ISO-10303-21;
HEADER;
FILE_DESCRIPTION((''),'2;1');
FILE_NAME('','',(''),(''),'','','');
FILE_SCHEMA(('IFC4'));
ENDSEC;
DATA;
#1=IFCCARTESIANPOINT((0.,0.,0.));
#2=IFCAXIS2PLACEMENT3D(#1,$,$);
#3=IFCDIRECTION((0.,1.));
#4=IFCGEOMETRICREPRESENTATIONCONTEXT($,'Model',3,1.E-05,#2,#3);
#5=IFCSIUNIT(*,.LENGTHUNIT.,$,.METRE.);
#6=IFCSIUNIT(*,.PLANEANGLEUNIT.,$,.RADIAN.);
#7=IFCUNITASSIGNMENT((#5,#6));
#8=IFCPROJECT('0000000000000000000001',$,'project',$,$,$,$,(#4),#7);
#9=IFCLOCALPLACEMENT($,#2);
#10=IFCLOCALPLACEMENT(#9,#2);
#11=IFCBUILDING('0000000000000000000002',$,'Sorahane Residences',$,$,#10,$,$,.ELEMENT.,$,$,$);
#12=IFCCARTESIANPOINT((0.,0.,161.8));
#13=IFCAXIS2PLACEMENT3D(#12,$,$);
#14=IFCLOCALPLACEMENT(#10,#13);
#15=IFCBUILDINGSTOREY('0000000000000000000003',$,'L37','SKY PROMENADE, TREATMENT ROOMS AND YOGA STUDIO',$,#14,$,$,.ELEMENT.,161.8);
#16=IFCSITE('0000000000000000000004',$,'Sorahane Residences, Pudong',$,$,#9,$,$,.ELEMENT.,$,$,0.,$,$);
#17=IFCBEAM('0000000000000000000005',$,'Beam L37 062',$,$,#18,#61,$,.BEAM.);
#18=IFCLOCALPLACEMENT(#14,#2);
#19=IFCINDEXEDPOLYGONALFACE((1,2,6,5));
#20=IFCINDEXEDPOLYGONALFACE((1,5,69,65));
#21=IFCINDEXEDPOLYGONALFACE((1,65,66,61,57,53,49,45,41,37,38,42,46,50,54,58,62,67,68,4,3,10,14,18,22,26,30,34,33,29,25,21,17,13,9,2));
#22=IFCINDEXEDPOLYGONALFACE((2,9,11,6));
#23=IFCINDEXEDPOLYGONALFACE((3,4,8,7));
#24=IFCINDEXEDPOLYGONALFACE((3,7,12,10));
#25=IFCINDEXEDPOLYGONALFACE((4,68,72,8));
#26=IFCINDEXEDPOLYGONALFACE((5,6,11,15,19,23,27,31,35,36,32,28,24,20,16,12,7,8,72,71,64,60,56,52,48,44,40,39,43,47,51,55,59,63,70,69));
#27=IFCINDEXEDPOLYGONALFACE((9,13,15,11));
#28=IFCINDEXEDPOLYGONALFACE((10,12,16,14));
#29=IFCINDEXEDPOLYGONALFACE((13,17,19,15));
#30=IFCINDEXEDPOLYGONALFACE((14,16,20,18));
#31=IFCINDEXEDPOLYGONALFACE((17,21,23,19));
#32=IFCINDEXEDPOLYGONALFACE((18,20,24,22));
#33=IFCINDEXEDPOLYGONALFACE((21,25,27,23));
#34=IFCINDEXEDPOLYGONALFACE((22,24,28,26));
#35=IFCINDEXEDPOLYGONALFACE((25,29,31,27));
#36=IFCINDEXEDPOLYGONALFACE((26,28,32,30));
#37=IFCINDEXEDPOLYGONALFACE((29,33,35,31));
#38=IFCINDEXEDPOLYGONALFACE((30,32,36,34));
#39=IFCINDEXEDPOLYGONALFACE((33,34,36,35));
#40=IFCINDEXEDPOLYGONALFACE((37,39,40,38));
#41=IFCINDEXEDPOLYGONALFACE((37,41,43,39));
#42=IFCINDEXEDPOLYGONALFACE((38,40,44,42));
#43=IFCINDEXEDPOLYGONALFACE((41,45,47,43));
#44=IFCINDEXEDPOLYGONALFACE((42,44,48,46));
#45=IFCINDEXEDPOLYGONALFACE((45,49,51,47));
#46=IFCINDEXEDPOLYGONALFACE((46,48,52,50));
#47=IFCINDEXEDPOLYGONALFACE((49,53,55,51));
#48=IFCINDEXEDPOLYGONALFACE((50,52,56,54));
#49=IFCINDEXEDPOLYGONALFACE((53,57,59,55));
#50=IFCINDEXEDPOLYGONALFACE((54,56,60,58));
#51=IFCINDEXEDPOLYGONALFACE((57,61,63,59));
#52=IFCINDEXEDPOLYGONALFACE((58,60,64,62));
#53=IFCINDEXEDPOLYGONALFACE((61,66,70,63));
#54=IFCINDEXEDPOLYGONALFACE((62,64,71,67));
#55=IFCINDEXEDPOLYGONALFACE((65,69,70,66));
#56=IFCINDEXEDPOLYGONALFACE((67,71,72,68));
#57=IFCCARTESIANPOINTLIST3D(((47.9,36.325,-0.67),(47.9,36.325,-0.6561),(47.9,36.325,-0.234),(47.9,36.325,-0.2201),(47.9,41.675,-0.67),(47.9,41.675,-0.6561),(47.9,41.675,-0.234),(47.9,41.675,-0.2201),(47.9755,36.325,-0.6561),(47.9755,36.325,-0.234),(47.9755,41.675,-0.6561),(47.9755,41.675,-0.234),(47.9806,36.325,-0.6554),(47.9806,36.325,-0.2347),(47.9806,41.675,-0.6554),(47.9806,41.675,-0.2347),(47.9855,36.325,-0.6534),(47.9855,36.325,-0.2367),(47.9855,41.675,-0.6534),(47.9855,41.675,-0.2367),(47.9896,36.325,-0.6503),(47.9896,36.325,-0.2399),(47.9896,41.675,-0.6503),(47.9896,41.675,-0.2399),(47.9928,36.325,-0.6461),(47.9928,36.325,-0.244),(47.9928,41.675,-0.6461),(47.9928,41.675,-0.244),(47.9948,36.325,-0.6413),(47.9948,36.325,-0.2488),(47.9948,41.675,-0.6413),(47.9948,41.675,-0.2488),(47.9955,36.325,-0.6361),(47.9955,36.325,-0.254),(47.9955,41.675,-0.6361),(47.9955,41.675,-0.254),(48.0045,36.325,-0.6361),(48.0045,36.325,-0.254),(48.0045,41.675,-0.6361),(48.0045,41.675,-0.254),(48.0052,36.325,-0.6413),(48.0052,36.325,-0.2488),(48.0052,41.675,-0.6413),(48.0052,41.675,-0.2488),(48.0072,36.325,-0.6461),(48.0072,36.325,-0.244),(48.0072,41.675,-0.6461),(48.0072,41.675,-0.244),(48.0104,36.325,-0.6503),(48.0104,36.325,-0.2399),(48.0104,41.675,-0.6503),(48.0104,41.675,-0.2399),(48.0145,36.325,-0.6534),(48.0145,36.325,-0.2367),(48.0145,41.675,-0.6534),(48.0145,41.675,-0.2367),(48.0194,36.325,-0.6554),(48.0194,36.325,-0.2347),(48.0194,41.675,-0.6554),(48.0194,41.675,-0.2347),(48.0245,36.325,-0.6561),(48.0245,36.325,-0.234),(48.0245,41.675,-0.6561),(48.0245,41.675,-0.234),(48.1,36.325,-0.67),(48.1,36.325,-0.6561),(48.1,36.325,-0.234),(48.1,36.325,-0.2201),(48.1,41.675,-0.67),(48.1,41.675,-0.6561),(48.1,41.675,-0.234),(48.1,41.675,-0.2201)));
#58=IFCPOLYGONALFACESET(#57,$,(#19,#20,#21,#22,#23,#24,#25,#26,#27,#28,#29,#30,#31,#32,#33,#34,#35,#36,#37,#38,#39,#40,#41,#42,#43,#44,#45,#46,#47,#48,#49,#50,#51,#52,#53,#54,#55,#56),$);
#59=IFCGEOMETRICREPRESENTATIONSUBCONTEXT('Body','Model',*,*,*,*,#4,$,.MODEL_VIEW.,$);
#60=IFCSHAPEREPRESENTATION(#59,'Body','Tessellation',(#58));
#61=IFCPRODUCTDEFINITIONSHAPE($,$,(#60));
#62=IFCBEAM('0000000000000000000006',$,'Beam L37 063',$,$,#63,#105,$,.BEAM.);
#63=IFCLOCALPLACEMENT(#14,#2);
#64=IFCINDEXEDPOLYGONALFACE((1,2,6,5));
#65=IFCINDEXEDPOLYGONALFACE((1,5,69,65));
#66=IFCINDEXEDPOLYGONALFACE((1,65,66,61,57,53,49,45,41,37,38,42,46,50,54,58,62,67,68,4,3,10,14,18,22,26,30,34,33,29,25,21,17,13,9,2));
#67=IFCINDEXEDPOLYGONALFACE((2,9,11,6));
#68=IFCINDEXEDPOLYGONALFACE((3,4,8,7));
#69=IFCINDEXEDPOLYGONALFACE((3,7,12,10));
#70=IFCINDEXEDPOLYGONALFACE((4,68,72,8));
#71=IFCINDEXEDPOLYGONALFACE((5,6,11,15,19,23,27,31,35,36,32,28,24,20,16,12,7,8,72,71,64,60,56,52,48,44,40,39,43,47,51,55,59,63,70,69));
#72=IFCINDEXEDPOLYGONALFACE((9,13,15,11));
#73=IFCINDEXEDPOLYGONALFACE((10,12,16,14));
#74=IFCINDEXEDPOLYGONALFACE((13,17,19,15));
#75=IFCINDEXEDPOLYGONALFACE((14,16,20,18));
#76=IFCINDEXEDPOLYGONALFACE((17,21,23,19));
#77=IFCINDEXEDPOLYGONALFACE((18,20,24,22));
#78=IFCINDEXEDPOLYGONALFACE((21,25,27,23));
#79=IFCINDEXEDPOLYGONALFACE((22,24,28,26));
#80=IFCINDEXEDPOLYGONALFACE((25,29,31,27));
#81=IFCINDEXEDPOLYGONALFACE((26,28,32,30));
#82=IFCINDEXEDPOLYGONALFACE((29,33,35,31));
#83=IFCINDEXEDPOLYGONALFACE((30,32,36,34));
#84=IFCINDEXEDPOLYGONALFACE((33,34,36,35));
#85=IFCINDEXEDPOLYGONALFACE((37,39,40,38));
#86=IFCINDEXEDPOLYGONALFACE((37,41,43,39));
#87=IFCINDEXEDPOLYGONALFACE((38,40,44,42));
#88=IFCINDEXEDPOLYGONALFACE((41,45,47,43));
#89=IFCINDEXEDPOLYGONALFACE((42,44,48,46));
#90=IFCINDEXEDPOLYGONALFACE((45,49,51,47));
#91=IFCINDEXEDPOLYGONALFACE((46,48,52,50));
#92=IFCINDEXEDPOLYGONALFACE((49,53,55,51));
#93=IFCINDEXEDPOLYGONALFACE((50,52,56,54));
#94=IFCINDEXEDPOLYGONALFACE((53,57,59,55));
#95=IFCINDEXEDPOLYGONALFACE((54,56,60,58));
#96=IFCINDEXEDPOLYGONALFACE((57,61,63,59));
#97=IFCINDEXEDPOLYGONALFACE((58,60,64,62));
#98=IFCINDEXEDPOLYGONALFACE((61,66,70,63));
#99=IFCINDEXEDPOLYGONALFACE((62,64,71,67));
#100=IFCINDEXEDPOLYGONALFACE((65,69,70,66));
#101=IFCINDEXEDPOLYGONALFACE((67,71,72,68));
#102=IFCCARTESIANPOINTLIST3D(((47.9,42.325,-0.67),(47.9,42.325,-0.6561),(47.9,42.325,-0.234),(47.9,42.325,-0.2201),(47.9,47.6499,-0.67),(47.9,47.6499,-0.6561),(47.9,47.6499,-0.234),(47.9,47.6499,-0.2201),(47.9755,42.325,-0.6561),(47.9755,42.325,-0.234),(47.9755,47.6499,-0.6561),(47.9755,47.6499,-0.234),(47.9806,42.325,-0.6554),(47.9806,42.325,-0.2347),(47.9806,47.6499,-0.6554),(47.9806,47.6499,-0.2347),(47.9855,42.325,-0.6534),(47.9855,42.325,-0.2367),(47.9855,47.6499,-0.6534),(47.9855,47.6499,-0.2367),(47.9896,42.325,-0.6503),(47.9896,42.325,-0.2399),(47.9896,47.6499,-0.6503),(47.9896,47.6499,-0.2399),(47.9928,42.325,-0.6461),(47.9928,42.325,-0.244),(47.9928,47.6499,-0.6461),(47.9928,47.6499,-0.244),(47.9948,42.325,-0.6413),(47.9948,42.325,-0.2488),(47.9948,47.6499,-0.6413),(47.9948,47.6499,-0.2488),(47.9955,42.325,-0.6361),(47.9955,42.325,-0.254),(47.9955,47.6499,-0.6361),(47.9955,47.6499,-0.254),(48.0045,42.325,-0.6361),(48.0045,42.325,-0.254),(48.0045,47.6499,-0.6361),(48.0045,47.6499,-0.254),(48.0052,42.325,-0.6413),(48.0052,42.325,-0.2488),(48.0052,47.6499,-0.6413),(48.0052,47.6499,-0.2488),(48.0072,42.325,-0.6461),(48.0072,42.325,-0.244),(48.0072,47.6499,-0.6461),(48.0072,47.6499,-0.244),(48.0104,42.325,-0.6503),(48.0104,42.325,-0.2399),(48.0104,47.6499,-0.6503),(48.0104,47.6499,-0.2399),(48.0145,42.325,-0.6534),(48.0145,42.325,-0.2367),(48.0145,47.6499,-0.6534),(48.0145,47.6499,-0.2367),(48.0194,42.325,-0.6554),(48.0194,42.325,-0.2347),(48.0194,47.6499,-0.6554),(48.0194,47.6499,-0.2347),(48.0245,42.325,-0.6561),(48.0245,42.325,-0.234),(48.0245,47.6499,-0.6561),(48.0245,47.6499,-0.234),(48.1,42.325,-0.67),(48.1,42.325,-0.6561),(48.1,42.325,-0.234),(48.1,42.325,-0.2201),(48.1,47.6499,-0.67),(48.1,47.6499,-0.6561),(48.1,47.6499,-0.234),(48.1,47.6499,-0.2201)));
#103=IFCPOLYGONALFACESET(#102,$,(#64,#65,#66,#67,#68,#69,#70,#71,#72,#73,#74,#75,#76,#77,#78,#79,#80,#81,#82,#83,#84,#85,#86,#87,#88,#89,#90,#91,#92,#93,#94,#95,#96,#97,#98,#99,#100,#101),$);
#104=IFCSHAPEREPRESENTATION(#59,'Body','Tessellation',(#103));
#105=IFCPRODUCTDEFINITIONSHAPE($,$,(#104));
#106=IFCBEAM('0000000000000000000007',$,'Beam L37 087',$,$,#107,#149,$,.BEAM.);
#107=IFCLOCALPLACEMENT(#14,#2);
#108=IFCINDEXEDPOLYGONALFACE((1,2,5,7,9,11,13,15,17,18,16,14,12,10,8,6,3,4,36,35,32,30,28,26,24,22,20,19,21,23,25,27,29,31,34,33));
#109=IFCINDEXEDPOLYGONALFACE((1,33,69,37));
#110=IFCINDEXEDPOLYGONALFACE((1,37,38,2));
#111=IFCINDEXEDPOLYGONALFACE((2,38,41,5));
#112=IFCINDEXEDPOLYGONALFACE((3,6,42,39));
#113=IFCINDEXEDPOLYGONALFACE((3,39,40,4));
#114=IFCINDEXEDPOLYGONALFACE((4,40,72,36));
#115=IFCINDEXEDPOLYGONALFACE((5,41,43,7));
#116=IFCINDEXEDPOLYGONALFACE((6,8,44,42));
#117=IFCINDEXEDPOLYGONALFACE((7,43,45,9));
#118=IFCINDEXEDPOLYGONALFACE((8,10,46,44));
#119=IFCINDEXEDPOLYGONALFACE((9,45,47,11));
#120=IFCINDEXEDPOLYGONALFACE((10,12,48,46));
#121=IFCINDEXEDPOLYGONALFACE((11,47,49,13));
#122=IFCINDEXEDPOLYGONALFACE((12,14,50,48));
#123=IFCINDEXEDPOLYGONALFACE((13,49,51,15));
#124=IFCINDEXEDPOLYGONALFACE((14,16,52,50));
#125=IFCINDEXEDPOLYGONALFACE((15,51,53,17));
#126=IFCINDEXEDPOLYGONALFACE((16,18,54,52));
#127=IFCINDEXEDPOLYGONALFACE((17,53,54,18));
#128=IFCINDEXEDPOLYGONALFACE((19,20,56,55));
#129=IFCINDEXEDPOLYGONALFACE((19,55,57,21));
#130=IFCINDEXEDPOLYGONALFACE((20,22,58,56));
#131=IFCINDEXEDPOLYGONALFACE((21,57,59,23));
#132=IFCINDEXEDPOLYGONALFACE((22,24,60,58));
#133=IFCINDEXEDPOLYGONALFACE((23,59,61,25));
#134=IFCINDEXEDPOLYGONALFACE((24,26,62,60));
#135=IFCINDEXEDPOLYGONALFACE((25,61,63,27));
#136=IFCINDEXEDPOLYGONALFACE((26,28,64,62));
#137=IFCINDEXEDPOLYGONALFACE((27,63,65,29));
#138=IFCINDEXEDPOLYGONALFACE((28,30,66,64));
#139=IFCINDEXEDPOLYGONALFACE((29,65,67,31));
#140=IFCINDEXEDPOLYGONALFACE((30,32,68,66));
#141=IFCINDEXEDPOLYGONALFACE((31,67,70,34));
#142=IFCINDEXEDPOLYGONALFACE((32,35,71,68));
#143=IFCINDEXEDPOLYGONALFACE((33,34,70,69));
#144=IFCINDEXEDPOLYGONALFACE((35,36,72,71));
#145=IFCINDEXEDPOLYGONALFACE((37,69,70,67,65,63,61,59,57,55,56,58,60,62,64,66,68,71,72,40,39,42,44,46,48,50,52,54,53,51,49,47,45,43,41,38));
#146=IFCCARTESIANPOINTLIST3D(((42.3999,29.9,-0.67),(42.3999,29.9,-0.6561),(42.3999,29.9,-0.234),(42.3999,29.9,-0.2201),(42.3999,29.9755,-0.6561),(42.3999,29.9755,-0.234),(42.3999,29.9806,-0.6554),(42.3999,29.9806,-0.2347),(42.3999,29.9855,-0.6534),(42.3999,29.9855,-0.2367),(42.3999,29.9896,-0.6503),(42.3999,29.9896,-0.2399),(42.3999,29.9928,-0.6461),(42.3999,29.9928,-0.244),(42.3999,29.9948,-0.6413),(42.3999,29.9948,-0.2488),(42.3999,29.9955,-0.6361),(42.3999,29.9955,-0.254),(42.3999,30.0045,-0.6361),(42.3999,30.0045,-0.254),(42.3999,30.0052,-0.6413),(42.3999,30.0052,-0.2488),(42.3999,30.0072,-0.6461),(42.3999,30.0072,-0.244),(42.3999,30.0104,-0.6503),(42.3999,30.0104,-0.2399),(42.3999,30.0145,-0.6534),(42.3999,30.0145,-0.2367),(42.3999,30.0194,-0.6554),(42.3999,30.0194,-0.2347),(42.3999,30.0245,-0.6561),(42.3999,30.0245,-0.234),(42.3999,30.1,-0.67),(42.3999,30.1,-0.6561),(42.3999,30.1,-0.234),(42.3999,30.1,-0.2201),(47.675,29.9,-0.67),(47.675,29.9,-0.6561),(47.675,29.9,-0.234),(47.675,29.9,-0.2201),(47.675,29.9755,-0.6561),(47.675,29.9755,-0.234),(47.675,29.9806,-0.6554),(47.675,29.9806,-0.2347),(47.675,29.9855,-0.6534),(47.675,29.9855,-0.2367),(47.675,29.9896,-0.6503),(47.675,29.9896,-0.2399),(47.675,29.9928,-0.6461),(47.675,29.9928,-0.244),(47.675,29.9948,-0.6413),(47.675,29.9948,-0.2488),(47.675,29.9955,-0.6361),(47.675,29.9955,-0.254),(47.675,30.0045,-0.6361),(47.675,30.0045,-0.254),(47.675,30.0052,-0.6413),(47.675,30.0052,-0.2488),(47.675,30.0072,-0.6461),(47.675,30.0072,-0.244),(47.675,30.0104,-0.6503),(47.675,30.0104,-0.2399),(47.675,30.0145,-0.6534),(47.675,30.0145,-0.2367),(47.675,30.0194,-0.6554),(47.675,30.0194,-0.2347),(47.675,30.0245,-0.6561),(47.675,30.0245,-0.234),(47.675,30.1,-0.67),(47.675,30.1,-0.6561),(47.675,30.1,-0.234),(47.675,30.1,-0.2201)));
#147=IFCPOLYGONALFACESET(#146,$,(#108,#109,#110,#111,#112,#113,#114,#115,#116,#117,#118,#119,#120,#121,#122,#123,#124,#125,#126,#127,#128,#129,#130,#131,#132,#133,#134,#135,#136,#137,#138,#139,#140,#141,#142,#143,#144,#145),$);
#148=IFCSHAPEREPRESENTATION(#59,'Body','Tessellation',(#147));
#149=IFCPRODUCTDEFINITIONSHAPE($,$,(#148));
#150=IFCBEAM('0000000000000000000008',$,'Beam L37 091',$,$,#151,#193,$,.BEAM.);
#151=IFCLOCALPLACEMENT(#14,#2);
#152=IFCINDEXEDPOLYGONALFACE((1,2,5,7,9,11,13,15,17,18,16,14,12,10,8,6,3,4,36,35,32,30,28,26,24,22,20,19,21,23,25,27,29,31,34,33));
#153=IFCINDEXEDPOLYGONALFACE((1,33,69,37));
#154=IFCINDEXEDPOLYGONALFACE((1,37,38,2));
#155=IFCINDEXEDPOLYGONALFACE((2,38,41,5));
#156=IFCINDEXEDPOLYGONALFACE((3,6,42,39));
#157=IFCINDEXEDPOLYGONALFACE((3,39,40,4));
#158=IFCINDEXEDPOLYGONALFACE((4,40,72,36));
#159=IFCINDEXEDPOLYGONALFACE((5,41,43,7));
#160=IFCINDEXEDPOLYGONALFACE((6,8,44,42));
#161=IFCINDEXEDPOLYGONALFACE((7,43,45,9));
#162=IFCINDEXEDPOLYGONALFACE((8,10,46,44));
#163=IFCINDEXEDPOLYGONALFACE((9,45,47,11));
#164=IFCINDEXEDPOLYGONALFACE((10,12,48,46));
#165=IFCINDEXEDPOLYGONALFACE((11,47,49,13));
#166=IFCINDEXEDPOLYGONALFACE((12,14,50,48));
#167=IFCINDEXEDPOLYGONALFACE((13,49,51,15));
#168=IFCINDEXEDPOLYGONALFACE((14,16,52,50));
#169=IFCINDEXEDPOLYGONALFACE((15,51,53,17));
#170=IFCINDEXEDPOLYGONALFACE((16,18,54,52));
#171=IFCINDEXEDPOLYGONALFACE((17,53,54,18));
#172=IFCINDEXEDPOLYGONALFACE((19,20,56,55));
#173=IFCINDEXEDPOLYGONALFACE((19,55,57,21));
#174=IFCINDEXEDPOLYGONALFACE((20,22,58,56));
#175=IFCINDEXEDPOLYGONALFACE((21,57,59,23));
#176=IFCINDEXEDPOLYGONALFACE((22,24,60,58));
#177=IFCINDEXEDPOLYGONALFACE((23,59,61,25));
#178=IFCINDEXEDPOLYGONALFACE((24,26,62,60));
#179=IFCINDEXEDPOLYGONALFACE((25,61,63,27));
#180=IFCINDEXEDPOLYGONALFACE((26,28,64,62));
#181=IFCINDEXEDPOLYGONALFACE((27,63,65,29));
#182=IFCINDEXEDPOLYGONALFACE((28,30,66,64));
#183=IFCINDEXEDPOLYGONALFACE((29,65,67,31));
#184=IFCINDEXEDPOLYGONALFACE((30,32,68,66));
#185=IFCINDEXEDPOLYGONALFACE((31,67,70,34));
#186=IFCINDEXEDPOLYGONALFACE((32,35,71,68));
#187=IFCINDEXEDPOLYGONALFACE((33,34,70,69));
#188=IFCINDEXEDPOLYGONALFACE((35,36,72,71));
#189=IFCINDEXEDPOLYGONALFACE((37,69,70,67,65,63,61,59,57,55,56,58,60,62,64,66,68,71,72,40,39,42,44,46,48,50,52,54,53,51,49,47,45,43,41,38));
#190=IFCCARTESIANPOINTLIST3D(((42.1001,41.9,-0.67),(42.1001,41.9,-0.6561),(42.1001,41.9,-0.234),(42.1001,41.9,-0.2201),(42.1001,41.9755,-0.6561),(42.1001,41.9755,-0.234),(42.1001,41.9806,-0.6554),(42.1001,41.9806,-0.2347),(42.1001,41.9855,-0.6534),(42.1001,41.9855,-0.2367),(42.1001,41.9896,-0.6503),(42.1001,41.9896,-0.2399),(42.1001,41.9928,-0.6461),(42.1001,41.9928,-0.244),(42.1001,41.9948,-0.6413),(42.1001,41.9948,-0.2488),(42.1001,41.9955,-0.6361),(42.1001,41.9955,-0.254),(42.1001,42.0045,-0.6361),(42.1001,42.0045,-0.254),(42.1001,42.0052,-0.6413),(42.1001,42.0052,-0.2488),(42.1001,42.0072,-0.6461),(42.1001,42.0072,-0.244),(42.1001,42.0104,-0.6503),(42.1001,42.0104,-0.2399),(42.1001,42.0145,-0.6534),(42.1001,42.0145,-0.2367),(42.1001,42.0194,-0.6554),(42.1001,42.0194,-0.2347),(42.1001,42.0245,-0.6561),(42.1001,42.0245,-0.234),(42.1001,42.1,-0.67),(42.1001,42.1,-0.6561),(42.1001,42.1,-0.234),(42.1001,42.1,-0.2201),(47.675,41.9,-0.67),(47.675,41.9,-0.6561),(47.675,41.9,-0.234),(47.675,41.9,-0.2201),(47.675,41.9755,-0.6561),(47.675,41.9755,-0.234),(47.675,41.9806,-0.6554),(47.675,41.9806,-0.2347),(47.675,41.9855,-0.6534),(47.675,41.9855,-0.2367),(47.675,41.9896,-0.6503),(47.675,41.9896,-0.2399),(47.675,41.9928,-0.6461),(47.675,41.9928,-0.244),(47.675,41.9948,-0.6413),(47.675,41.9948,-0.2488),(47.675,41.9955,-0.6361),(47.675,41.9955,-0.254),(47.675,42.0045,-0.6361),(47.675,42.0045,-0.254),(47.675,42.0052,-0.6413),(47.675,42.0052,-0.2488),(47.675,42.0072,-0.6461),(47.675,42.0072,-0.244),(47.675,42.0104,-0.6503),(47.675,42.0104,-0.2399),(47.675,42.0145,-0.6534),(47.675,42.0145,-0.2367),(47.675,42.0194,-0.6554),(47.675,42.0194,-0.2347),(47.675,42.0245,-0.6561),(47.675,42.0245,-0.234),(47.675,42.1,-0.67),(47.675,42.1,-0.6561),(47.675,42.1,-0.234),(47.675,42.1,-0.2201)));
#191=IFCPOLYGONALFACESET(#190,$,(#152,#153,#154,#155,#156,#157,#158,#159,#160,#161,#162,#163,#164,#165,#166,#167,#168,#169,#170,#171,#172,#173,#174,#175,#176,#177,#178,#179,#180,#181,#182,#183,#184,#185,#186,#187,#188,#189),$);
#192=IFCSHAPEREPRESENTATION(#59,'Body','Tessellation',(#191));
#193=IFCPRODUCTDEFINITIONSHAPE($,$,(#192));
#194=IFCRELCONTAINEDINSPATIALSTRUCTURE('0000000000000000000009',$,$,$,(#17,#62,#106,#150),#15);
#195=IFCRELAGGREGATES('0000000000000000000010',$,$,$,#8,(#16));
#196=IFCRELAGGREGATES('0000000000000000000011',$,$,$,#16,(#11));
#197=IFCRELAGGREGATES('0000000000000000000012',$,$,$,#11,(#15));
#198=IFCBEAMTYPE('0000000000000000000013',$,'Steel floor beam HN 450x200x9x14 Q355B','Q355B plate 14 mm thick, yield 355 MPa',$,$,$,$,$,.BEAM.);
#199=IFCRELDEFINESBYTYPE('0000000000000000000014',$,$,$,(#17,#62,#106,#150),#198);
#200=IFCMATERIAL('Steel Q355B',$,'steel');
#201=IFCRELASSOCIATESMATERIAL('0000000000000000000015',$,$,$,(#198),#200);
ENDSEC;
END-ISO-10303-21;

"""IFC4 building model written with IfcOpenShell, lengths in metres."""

from ifc_helpers import new_model, si_unit, direction, frame, origin, origin_2d, place, context, subcontext, project, spatial, i_section, extrude, material, material_profile, profile_set, type_object, element, save


model = new_model("IFC4")

# Units and contexts
model_context = context("Model", 3, precision=1e-05, world=origin(), true_north=direction((0.0, 1.0)))
body_context = subcontext(model_context, "Body", "Model", "MODEL_VIEW")
ifc_project = project(units=[si_unit("LENGTHUNIT", "METRE"), si_unit("PLANEANGLEUNIT", "RADIAN")], contexts=[model_context])

# Site, building, storey
site_placement = place(None, origin())
site = spatial("IfcSite", under=ifc_project, at=site_placement, Name="Sorahane Residences, Pudong", CompositionType="ELEMENT", RefElevation=0.0)
building_placement = place(site_placement, origin())
building = spatial("IfcBuilding", under=site, at=building_placement, Name="Sorahane Residences", CompositionType="ELEMENT")
storey_placement = place(building_placement, frame((0.0, 0.0, 161.8)))
storey = spatial("IfcBuildingStorey", under=building, at=storey_placement, Name="L37", Description="SKY PROMENADE, TREATMENT ROOMS AND YOGA STUDIO", CompositionType="ELEMENT", Elevation=161.8)

# Beams
ifc_material_1 = material(Name="Steel Q355B", Category="steel")
ifc_material_profile_1 = material_profile(ifc_material_1, i_section(OverallWidth=0.2, OverallDepth=0.45, WebThickness=0.009, FlangeThickness=0.0139, FilletRadius=0.02, at=origin_2d()), Name="HN 450x200x9x14")
ifc_profile_set_1 = profile_set([ifc_material_profile_1], Name="Steel Q355B")
beam_type_1 = type_object("IfcBeamType", Name="Steel floor beam HN 450x200x9x14 Q355B", Description="Q355B plate 14 mm thick, yield 355 MPa", PredefinedType="BEAM", material=ifc_profile_set_1)
for number, where, z_axis, x_axis, name in (
    (1, (48.0, 36.325, -0.4451), (0.0, 1.0, 0.0), (-1.0, 0.0, 0.0), "Beam L37 062"),
):
    element("IfcBeam", number, at=place(storey_placement, frame(where, z_axis=z_axis, x_axis=x_axis)), inside=storey, type_object=beam_type_1, Name=name, PredefinedType="BEAM", context=body_context, shape_type="SweptSolid", body=[
        extrude(i_section(OverallWidth=0.2, OverallDepth=0.45, WebThickness=0.009, FlangeThickness=0.0139, FilletRadius=0.02, at=origin_2d()), origin(), (0.0, 0.0, 1.0), 5.3501),
    ])
beam_1_placement = place(storey_placement, frame((48.0, 42.325, -0.4451), z_axis=(0.0, 1.0, 0.0), x_axis=(-1.0, 0.0, 0.0)))
element("IfcBeam", 2, at=beam_1_placement, inside=storey, type_object=beam_type_1, Name="Beam L37 063", PredefinedType="BEAM", context=body_context, shape_type="SweptSolid", body=[
    extrude(i_section(OverallWidth=0.2, OverallDepth=0.45, WebThickness=0.009, FlangeThickness=0.0139, FilletRadius=0.02, at=origin_2d()), origin(), (0.0, 0.0, 1.0), 5.325),
])
beam_2_placement = place(storey_placement, frame((42.3999, 30.0, -0.4451), z_axis=(1.0, 0.0, 0.0), x_axis=(0.0, 1.0, 0.0)))
element("IfcBeam", 3, at=beam_2_placement, inside=storey, type_object=beam_type_1, Name="Beam L37 087", PredefinedType="BEAM", context=body_context, shape_type="SweptSolid", body=[
    extrude(i_section(OverallWidth=0.2, OverallDepth=0.45, WebThickness=0.009, FlangeThickness=0.0139, FilletRadius=0.02, at=origin_2d()), origin(), (0.0, 0.0, 1.0), 5.2751),
])
beam_3_placement = place(storey_placement, frame((42.1001, 42.0, -0.4451), z_axis=(1.0, 0.0, 0.0), x_axis=(0.0, 1.0, 0.0)))
element("IfcBeam", 4, at=beam_3_placement, inside=storey, type_object=beam_type_1, Name="Beam L37 091", PredefinedType="BEAM", context=body_context, shape_type="SweptSolid", body=[
    extrude(i_section(OverallWidth=0.2, OverallDepth=0.45, WebThickness=0.009, FlangeThickness=0.0139, FilletRadius=0.02, at=origin_2d()), origin(), (0.0, 0.0, 1.0), 5.575),
])

save(model, "model.ifc")
